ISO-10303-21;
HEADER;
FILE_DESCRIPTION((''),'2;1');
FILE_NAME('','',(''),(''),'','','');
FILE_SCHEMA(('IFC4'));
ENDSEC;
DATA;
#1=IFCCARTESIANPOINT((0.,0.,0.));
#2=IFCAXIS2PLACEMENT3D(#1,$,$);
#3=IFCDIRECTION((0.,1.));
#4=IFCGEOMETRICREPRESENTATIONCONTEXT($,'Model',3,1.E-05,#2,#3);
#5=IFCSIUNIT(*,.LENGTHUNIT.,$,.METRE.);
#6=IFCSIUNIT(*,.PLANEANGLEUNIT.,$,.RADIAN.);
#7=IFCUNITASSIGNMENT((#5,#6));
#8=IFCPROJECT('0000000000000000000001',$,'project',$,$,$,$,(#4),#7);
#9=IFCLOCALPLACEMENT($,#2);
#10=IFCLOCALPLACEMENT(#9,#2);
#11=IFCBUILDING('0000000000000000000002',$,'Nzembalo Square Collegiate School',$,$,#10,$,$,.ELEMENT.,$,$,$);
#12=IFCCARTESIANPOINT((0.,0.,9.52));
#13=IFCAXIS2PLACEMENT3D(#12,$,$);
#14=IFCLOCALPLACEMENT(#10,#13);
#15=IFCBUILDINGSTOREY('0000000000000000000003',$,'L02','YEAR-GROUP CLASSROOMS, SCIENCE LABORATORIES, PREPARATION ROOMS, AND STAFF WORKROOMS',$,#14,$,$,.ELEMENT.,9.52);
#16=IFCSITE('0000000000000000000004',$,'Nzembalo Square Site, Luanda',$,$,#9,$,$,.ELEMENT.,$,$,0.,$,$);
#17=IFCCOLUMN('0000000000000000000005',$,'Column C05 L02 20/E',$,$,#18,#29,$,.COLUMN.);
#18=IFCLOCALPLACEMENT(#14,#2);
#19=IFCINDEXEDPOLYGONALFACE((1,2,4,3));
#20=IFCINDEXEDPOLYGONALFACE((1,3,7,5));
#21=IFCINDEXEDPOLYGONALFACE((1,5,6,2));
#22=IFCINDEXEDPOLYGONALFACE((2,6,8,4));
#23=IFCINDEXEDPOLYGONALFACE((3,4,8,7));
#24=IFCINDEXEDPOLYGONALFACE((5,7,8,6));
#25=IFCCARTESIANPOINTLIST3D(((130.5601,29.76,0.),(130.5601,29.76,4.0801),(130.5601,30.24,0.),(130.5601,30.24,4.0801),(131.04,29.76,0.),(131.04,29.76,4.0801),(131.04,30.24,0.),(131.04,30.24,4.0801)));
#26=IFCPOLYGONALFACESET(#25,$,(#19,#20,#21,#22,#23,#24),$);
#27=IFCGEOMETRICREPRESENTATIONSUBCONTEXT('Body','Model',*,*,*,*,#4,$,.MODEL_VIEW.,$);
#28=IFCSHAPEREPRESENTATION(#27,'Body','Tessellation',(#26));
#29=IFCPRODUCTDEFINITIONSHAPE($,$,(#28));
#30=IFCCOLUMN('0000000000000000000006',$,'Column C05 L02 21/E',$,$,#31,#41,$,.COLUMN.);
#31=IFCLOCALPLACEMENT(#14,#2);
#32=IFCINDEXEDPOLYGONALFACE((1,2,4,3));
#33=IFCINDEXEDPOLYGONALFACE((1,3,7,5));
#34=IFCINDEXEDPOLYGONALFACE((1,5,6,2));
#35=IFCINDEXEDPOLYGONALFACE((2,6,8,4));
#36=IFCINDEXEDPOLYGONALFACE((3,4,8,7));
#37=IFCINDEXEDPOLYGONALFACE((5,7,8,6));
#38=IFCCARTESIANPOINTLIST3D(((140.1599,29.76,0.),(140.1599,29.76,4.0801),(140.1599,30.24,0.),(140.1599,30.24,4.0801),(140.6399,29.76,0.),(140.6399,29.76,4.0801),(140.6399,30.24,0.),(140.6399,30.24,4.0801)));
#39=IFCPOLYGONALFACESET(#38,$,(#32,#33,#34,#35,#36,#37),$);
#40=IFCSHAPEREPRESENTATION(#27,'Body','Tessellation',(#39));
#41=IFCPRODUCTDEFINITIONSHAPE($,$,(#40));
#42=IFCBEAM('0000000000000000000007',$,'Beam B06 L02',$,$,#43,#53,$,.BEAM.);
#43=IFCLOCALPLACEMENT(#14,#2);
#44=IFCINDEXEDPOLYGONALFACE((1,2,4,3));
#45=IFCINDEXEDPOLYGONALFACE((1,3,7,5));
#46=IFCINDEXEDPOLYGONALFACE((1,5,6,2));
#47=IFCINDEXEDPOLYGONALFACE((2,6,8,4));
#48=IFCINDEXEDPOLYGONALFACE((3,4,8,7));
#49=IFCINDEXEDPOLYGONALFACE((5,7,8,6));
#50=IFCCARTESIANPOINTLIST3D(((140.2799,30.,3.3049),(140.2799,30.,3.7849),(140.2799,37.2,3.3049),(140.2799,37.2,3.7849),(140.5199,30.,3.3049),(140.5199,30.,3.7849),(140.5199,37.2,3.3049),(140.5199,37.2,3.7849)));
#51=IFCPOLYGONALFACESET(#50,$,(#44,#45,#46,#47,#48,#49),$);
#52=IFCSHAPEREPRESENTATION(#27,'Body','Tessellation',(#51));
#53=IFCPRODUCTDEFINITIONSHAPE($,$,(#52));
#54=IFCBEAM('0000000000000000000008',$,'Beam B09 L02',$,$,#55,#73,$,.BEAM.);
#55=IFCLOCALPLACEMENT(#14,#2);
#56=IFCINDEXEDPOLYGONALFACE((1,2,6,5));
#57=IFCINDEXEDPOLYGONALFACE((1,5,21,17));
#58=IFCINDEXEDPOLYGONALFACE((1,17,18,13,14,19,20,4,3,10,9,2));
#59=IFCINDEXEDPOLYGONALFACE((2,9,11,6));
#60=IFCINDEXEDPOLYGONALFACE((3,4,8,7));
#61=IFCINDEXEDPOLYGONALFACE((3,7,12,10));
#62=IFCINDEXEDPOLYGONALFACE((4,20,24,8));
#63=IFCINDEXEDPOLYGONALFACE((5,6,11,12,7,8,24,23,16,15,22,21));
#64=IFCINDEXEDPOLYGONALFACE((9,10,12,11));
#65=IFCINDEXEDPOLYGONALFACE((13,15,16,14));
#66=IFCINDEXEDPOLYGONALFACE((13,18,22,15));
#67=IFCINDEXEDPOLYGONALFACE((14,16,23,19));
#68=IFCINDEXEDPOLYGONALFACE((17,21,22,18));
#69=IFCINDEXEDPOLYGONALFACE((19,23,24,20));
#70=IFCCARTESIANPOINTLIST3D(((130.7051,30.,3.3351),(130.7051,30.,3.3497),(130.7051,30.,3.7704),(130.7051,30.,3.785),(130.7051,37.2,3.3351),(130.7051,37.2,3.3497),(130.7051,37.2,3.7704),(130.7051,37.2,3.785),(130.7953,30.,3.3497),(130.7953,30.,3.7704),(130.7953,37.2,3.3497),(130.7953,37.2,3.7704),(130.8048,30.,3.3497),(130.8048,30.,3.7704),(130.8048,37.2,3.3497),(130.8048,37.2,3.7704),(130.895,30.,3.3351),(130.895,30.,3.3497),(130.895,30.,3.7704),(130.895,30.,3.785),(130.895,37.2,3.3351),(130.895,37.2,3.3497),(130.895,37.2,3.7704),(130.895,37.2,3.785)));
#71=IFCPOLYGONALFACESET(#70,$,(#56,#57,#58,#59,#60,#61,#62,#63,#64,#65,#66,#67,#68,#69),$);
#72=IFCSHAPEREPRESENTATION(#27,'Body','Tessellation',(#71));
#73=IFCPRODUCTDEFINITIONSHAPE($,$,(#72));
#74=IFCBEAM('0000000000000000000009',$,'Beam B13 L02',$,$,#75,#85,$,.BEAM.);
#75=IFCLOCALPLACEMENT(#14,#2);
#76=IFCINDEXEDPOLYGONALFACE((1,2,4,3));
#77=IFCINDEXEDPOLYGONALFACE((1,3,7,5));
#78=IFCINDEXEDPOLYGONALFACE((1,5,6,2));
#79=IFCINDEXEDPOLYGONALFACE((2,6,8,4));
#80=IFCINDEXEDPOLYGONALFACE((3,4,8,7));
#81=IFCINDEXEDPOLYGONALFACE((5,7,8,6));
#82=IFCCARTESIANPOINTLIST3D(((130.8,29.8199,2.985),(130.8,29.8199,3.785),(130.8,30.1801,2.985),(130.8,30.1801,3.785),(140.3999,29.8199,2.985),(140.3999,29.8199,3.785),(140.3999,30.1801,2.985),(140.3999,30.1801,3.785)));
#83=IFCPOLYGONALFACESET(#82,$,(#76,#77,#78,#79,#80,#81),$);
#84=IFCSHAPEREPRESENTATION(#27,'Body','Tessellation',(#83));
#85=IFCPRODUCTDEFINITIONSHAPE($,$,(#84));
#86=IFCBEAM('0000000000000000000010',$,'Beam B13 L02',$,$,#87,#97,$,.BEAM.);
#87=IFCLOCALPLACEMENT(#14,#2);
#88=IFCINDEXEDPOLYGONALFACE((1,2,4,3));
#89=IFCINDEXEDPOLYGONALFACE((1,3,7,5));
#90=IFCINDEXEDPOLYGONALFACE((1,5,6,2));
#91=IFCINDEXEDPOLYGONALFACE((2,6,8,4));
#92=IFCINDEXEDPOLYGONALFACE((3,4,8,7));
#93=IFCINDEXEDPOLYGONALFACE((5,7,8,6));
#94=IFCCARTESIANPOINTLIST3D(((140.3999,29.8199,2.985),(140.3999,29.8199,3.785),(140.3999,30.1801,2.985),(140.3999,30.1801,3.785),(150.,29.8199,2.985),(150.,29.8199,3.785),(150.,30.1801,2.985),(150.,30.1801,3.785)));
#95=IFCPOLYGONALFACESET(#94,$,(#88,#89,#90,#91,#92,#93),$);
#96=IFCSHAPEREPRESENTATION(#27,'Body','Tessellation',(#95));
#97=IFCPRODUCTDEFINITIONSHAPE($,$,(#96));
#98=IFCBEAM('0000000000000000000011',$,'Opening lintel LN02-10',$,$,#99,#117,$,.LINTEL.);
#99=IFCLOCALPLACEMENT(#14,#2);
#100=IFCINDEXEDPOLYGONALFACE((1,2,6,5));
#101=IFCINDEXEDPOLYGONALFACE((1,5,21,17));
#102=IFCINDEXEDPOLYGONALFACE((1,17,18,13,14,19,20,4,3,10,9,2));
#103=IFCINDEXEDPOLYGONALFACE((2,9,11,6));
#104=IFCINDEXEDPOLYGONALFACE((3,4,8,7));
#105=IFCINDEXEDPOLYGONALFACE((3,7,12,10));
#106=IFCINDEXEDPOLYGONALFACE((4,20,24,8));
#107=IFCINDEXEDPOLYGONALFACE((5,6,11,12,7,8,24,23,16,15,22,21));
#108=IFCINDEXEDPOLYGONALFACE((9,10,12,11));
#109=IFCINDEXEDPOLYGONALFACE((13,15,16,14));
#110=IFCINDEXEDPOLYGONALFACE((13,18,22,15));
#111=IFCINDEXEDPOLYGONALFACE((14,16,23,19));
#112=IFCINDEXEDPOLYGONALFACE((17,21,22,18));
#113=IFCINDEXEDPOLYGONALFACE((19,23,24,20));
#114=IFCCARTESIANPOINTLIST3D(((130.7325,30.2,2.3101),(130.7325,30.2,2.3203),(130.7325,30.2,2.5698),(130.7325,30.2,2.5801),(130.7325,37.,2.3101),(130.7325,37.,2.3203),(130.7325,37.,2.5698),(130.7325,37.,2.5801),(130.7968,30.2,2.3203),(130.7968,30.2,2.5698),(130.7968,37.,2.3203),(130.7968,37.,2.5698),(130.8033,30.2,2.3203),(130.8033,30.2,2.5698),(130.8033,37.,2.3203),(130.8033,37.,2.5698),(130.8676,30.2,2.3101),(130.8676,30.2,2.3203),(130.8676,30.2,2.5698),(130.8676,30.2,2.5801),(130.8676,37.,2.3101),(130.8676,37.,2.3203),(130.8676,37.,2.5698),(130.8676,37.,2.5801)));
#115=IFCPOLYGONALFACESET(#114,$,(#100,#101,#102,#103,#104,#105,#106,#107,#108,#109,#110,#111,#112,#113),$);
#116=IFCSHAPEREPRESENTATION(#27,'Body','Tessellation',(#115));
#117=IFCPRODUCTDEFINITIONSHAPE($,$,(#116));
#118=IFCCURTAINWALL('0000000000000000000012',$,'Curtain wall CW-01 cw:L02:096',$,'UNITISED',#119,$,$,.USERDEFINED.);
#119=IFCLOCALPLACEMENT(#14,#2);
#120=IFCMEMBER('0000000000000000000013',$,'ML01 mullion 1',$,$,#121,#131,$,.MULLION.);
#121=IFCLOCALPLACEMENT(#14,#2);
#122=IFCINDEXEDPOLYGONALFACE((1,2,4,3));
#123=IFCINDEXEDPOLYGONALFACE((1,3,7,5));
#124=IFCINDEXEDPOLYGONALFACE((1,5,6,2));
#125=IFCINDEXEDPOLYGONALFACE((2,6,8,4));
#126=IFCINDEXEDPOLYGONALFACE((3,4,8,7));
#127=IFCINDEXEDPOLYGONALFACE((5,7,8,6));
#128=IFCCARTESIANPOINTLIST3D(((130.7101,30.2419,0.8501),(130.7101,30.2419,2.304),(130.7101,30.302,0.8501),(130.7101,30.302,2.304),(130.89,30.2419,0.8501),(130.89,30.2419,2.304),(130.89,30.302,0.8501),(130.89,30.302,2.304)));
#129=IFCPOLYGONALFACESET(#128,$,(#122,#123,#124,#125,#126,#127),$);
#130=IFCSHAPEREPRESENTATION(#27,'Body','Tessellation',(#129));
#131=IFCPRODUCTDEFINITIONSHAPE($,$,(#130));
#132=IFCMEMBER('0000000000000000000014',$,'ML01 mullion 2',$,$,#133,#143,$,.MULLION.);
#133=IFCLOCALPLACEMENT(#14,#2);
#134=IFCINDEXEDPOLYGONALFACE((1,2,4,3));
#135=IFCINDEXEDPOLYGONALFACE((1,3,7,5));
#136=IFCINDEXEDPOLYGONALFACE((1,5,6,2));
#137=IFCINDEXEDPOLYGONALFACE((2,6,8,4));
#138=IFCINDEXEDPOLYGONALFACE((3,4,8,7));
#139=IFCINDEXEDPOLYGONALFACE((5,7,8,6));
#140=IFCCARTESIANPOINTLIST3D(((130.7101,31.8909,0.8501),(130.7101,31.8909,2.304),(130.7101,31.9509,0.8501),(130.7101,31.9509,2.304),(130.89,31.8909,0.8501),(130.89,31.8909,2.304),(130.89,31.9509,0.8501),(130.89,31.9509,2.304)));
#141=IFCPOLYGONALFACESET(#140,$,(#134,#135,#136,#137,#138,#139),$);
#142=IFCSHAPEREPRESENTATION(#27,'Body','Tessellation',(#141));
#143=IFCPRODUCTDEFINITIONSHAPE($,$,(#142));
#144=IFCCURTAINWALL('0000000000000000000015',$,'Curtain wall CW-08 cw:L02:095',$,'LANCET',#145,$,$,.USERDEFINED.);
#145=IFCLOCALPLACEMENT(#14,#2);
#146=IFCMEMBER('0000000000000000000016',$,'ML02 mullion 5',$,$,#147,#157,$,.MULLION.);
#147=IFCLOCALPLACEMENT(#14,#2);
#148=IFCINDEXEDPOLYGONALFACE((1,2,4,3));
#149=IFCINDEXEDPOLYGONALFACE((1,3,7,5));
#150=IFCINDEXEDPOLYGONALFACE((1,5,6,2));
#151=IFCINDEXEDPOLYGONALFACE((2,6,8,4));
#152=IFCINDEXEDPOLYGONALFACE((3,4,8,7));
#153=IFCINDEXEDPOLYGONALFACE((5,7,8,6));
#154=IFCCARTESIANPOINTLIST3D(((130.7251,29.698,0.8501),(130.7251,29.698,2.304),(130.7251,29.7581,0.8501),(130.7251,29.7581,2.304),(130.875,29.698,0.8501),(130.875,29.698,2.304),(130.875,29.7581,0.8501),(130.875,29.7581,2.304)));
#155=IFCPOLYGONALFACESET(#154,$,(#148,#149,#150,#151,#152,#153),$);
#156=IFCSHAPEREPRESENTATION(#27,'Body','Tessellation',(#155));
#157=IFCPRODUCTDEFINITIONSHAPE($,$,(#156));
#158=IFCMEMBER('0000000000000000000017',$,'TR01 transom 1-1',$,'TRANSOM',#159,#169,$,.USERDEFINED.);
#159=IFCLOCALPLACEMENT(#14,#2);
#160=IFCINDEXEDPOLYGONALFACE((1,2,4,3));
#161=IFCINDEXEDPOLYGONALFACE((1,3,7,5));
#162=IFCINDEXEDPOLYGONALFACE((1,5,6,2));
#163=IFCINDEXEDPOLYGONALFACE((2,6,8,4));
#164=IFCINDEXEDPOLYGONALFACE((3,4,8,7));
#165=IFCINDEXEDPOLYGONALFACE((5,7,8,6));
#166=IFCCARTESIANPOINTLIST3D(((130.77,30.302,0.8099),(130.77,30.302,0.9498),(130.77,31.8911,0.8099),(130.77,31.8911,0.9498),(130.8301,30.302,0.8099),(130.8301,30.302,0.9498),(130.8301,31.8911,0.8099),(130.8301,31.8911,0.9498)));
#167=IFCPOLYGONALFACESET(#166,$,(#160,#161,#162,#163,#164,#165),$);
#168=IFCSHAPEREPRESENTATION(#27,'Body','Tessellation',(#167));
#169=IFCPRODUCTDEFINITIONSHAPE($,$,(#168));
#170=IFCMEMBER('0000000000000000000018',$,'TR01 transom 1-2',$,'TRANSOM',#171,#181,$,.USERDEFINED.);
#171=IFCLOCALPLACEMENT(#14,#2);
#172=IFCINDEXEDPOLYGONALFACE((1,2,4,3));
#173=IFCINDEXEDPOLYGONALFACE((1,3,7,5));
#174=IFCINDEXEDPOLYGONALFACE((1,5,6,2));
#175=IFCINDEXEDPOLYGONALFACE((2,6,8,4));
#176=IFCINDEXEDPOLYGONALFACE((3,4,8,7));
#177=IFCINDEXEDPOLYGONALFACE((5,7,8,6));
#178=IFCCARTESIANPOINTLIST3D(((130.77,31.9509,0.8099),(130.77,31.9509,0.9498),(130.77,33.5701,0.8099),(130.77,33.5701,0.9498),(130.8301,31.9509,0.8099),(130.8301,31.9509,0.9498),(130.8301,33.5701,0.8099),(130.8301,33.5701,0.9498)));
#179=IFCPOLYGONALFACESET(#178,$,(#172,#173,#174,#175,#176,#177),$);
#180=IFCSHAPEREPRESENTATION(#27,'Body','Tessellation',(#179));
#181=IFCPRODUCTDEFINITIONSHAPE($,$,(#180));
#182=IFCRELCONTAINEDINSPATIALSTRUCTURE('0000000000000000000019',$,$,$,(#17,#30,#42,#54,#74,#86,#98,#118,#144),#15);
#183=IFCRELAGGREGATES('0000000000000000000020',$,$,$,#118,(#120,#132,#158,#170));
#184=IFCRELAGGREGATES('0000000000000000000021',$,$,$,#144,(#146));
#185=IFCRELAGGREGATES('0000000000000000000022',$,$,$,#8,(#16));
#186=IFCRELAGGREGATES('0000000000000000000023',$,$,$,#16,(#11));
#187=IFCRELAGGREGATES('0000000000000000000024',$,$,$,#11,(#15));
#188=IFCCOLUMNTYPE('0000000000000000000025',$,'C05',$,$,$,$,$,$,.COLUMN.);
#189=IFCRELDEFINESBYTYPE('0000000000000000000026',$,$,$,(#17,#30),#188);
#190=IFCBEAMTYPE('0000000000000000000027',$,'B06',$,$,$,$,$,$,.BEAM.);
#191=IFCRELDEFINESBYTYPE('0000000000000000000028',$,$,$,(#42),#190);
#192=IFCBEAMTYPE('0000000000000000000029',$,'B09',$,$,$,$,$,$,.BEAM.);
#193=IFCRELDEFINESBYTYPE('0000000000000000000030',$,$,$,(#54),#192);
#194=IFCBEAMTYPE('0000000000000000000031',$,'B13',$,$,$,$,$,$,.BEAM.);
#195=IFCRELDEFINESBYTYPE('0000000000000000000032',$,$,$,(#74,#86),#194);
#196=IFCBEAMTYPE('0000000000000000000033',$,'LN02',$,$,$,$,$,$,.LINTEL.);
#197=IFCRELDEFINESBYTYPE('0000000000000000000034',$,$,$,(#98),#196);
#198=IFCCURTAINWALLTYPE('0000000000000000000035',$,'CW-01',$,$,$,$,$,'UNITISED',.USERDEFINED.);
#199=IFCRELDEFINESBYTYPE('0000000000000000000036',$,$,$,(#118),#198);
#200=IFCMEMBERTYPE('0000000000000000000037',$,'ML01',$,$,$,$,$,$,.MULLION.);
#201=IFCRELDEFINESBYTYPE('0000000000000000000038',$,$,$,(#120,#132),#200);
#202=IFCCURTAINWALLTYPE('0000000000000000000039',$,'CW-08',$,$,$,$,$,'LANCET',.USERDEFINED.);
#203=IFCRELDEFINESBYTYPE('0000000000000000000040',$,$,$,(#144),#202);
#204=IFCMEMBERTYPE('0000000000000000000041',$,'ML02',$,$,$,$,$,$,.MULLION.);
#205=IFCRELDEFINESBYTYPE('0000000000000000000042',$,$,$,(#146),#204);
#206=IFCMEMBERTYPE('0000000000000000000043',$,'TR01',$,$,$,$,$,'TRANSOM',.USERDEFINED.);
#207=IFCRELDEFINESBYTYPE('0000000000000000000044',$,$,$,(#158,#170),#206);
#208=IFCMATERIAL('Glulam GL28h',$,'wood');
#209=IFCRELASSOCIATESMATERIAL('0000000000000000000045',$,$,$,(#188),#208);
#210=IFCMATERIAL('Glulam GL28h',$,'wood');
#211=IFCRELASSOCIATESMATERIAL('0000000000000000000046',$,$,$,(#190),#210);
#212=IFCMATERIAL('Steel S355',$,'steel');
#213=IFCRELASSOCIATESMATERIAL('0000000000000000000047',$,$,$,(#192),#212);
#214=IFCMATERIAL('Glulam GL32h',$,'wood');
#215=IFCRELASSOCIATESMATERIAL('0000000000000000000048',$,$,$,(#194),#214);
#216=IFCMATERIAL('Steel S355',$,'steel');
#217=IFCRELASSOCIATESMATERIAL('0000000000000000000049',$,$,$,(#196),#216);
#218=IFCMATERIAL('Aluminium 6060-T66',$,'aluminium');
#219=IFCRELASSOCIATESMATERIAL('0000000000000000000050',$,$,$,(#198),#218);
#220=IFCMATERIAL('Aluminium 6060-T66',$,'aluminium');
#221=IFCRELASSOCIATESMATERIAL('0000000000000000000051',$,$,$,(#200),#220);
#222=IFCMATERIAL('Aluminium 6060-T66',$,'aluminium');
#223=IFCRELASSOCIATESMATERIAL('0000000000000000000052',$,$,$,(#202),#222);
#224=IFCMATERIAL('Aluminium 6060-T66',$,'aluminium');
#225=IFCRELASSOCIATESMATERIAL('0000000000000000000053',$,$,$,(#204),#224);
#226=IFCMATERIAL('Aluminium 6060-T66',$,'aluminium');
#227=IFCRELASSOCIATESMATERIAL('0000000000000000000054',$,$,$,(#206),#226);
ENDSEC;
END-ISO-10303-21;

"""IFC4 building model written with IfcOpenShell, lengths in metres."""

from ifc_helpers import new_model, si_unit, direction, frame, origin, origin_2d, place, context, subcontext, project, spatial, rectangle, i_section, extrude, material, material_profile, profile_set, type_object, element, aggregate, save


model = new_model("IFC4")

# Units and contexts
model_context = context("Model", 3, precision=1e-05, world=origin(), true_north=direction((0.0, 1.0)))
body_context = subcontext(model_context, "Body", "Model", "MODEL_VIEW")
ifc_project = project(units=[si_unit("LENGTHUNIT", "METRE"), si_unit("PLANEANGLEUNIT", "RADIAN")], contexts=[model_context])

# Site, building, storey
site_placement = place(None, origin())
site = spatial("IfcSite", under=ifc_project, at=site_placement, Name="Nzembalo Square Site, Luanda", CompositionType="ELEMENT", RefElevation=0.0)
building_placement = place(site_placement, origin())
building = spatial("IfcBuilding", under=site, at=building_placement, Name="Nzembalo Square Collegiate School", CompositionType="ELEMENT")
storey_placement = place(building_placement, frame((0.0, 0.0, 9.52)))
storey = spatial("IfcBuildingStorey", under=building, at=storey_placement, Name="L02", Description="YEAR-GROUP CLASSROOMS, SCIENCE LABORATORIES, PREPARATION ROOMS, AND STAFF WORKROOMS", CompositionType="ELEMENT", Elevation=9.52)

# Columns
ifc_material_1 = material(Name="Glulam GL28h", Category="wood")
ifc_material_profile_1 = material_profile(ifc_material_1, rectangle(XDim=0.48, YDim=0.48, at=origin_2d()), Name="GL28h 480x480")
ifc_profile_set_1 = profile_set([ifc_material_profile_1], Name="Glulam GL28h")
column_type = type_object("IfcColumnType", Name="C05", PredefinedType="COLUMN", material=ifc_profile_set_1)
for number, where, z_axis, x_axis, name in (
    (1, (130.8, 30.0, 0.0), (0.0, 0.0, 1.0), (1.0, 0.0, 0.0), "Column C05 L02 20/E"),
    (2, (140.3999, 30.0, 0.0), (0.0, 0.0, 1.0), (1.0, 0.0, 0.0), "Column C05 L02 21/E"),
):
    element("IfcColumn", number, at=place(storey_placement, frame(where, z_axis=z_axis, x_axis=x_axis)), inside=storey, type_object=column_type, Name=name, PredefinedType="COLUMN", context=body_context, shape_type="SweptSolid", body=[
        extrude(rectangle(XDim=0.48, YDim=0.48, at=origin_2d()), origin(), (0.0, 0.0, 1.0), 4.0801),
    ])

# Beams
ifc_material_2 = material(Name="Glulam GL28h", Category="wood")
ifc_material_profile_2 = material_profile(ifc_material_2, rectangle(XDim=0.24, YDim=0.48, at=origin_2d()), Name="GL28h 240x480")
ifc_profile_set_2 = profile_set([ifc_material_profile_2], Name="Glulam GL28h")
beam_type_1 = type_object("IfcBeamType", Name="B06", PredefinedType="BEAM", material=ifc_profile_set_2)
beam_1_placement = place(storey_placement, frame((140.3999, 30.0, 3.5449), z_axis=(0.0, 1.0, 0.0), x_axis=(-1.0, 0.0, 0.0)))
element("IfcBeam", 3, at=beam_1_placement, inside=storey, type_object=beam_type_1, Name="Beam B06 L02", PredefinedType="BEAM", context=body_context, shape_type="SweptSolid", body=[
    extrude(rectangle(XDim=0.24, YDim=0.48, at=origin_2d()), origin(), (0.0, 0.0, 1.0), 7.2),
])
ifc_material_3 = material(Name="Steel S355", Category="steel")
ifc_material_profile_3 = material_profile(ifc_material_3, i_section(OverallWidth=0.1899, OverallDepth=0.45, WebThickness=0.0095, FlangeThickness=0.0146, at=origin_2d()), Name="IPE 450")
ifc_profile_set_3 = profile_set([ifc_material_profile_3], Name="Steel S355")
beam_type_2 = type_object("IfcBeamType", Name="B09", PredefinedType="BEAM", material=ifc_profile_set_3)
beam_2_placement = place(storey_placement, frame((130.8, 30.0, 3.5601), z_axis=(0.0, 1.0, 0.0), x_axis=(-1.0, 0.0, 0.0)))
element("IfcBeam", 4, at=beam_2_placement, inside=storey, type_object=beam_type_2, Name="Beam B09 L02", PredefinedType="BEAM", context=body_context, shape_type="SweptSolid", body=[
    extrude(i_section(OverallWidth=0.1899, OverallDepth=0.45, WebThickness=0.0095, FlangeThickness=0.0146, at=origin_2d()), origin(), (0.0, 0.0, 1.0), 7.2),
])
ifc_material_4 = material(Name="Glulam GL32h", Category="wood")
ifc_material_profile_4 = material_profile(ifc_material_4, rectangle(XDim=0.3601, YDim=0.8, at=origin_2d()), Name="GL32h 360x800")
ifc_profile_set_4 = profile_set([ifc_material_profile_4], Name="Glulam GL32h")
beam_type_3 = type_object("IfcBeamType", Name="B13", PredefinedType="BEAM", material=ifc_profile_set_4)
beam_3_placement = place(storey_placement, frame((130.8, 30.0, 3.385), z_axis=(1.0, 0.0, 0.0), x_axis=(0.0, 1.0, 0.0)))
element("IfcBeam", 5, at=beam_3_placement, inside=storey, type_object=beam_type_3, Name="Beam B13 L02", PredefinedType="BEAM", context=body_context, shape_type="SweptSolid", body=[
    extrude(rectangle(XDim=0.3601, YDim=0.8, at=origin_2d()), origin(), (0.0, 0.0, 1.0), 9.5999),
])
beam_4_placement = place(storey_placement, frame((140.3999, 30.0, 3.385), z_axis=(1.0, 0.0, 0.0), x_axis=(0.0, 1.0, 0.0)))
element("IfcBeam", 6, at=beam_4_placement, inside=storey, type_object=beam_type_3, Name="Beam B13 L02", PredefinedType="BEAM", context=body_context, shape_type="SweptSolid", body=[
    extrude(rectangle(XDim=0.3601, YDim=0.8, at=origin_2d()), origin(), (0.0, 0.0, 1.0), 9.6001),
])
ifc_material_5 = material(Name="Steel S355", Category="steel")
ifc_material_profile_5 = material_profile(ifc_material_5, i_section(OverallWidth=0.135, OverallDepth=0.27, WebThickness=0.0066, FlangeThickness=0.0103, at=origin_2d()), Name="IPE 270")
ifc_profile_set_5 = profile_set([ifc_material_profile_5], Name="Steel S355")
beam_type_4 = type_object("IfcBeamType", Name="LN02", PredefinedType="LINTEL", material=ifc_profile_set_5)
beam_5_placement = place(storey_placement, frame((130.8, 30.2, 2.4451), z_axis=(0.0, 1.0, 0.0), x_axis=(-1.0, 0.0, 0.0)))
element("IfcBeam", 7, at=beam_5_placement, inside=storey, type_object=beam_type_4, Name="Opening lintel LN02-10", PredefinedType="LINTEL", context=body_context, shape_type="SweptSolid", body=[
    extrude(i_section(OverallWidth=0.135, OverallDepth=0.27, WebThickness=0.0066, FlangeThickness=0.0103, at=origin_2d()), origin(), (0.0, 0.0, 1.0), 6.8),
])

# Curtain wall, members
ifc_material_6 = material(Name="Aluminium 6060-T66", Category="aluminium")
curtain_wall_type_1 = type_object("IfcCurtainWallType", Name="CW-01", ElementType="UNITISED", PredefinedType="USERDEFINED", material=ifc_material_6)
curtain_wall_1_placement = place(storey_placement, origin())
curtain_wall_1 = element("IfcCurtainWall", 8, at=curtain_wall_1_placement, inside=storey, type_object=curtain_wall_type_1, Name="Curtain wall CW-01 cw:L02:096", ObjectType="UNITISED", PredefinedType="USERDEFINED")
ifc_material_7 = material(Name="Aluminium 6060-T66", Category="aluminium")
ifc_material_profile_6 = material_profile(ifc_material_7, rectangle(XDim=0.0601, YDim=0.1799, at=origin_2d()), Name="ALU M60x180")
ifc_profile_set_6 = profile_set([ifc_material_profile_6], Name="Aluminium 6060-T66")
member_type_1 = type_object("IfcMemberType", Name="ML01", PredefinedType="MULLION", material=ifc_profile_set_6)
member_1_placement = place(storey_placement, frame((130.8, 30.272, 0.8501), z_axis=(0.0, 0.0, 1.0), x_axis=(0.0, 1.0, 0.0)))
member_1 = element("IfcMember", 9, at=member_1_placement, type_object=member_type_1, Name="ML01 mullion 1", PredefinedType="MULLION", context=body_context, shape_type="SweptSolid", body=[
    extrude(rectangle(XDim=0.0601, YDim=0.1799, at=origin_2d()), origin(), (0.0, 0.0, 1.0), 1.4539),
])
member_2_placement = place(storey_placement, frame((130.8, 31.9209, 0.8501), z_axis=(0.0, 0.0, 1.0), x_axis=(0.0, 1.0, 0.0)))
member_2 = element("IfcMember", 10, at=member_2_placement, type_object=member_type_1, Name="ML01 mullion 2", PredefinedType="MULLION", context=body_context, shape_type="SweptSolid", body=[
    extrude(rectangle(XDim=0.0601, YDim=0.1799, at=origin_2d()), origin(), (0.0, 0.0, 1.0), 1.4539),
])

# Curtain wall, member
ifc_material_8 = material(Name="Aluminium 6060-T66", Category="aluminium")
curtain_wall_type_2 = type_object("IfcCurtainWallType", Name="CW-08", ElementType="LANCET", PredefinedType="USERDEFINED", material=ifc_material_8)
curtain_wall_2_placement = place(storey_placement, origin())
curtain_wall_2 = element("IfcCurtainWall", 11, at=curtain_wall_2_placement, inside=storey, type_object=curtain_wall_type_2, Name="Curtain wall CW-08 cw:L02:095", ObjectType="LANCET", PredefinedType="USERDEFINED")
ifc_material_9 = material(Name="Aluminium 6060-T66", Category="aluminium")
ifc_material_profile_7 = material_profile(ifc_material_9, rectangle(XDim=0.0601, YDim=0.1499, at=origin_2d()), Name="ALU M60x150")
ifc_profile_set_7 = profile_set([ifc_material_profile_7], Name="Aluminium 6060-T66")
member_type_2 = type_object("IfcMemberType", Name="ML02", PredefinedType="MULLION", material=ifc_profile_set_7)
member_3_placement = place(storey_placement, frame((130.8, 29.728, 0.8501), z_axis=(0.0, 0.0, 1.0), x_axis=(0.0, 1.0, 0.0)))
member_3 = element("IfcMember", 12, at=member_3_placement, type_object=member_type_2, Name="ML02 mullion 5", PredefinedType="MULLION", context=body_context, shape_type="SweptSolid", body=[
    extrude(rectangle(XDim=0.0601, YDim=0.1499, at=origin_2d()), origin(), (0.0, 0.0, 1.0), 1.4539),
])

# Members
ifc_material_10 = material(Name="Aluminium 6060-T66", Category="aluminium")
ifc_material_profile_8 = material_profile(ifc_material_10, rectangle(XDim=0.0601, YDim=0.1399, at=origin_2d()), Name="ALU T60x140")
ifc_profile_set_8 = profile_set([ifc_material_profile_8], Name="Aluminium 6060-T66")
member_type_3 = type_object("IfcMemberType", Name="TR01", ElementType="TRANSOM", PredefinedType="USERDEFINED", material=ifc_profile_set_8)
member_4_placement = place(storey_placement, frame((130.8, 30.302, 0.8799), z_axis=(0.0, 1.0, 0.0), x_axis=(-1.0, 0.0, 0.0)))
member_4 = element("IfcMember", 13, at=member_4_placement, type_object=member_type_3, Name="TR01 transom 1-1", ObjectType="TRANSOM", PredefinedType="USERDEFINED", context=body_context, shape_type="SweptSolid", body=[
    extrude(rectangle(XDim=0.0601, YDim=0.1399, at=origin_2d()), origin(), (0.0, 0.0, 1.0), 1.5891),
])
member_5_placement = place(storey_placement, frame((130.8, 31.9509, 0.8799), z_axis=(0.0, 1.0, 0.0), x_axis=(-1.0, 0.0, 0.0)))
member_5 = element("IfcMember", 14, at=member_5_placement, type_object=member_type_3, Name="TR01 transom 1-2", ObjectType="TRANSOM", PredefinedType="USERDEFINED", context=body_context, shape_type="SweptSolid", body=[
    extrude(rectangle(XDim=0.0601, YDim=0.1399, at=origin_2d()), origin(), (0.0, 0.0, 1.0), 1.6191),
])

aggregate(curtain_wall_1, [member_1, member_2, member_4, member_5])
aggregate(curtain_wall_2, [member_3])

save(model, "model.ifc")
